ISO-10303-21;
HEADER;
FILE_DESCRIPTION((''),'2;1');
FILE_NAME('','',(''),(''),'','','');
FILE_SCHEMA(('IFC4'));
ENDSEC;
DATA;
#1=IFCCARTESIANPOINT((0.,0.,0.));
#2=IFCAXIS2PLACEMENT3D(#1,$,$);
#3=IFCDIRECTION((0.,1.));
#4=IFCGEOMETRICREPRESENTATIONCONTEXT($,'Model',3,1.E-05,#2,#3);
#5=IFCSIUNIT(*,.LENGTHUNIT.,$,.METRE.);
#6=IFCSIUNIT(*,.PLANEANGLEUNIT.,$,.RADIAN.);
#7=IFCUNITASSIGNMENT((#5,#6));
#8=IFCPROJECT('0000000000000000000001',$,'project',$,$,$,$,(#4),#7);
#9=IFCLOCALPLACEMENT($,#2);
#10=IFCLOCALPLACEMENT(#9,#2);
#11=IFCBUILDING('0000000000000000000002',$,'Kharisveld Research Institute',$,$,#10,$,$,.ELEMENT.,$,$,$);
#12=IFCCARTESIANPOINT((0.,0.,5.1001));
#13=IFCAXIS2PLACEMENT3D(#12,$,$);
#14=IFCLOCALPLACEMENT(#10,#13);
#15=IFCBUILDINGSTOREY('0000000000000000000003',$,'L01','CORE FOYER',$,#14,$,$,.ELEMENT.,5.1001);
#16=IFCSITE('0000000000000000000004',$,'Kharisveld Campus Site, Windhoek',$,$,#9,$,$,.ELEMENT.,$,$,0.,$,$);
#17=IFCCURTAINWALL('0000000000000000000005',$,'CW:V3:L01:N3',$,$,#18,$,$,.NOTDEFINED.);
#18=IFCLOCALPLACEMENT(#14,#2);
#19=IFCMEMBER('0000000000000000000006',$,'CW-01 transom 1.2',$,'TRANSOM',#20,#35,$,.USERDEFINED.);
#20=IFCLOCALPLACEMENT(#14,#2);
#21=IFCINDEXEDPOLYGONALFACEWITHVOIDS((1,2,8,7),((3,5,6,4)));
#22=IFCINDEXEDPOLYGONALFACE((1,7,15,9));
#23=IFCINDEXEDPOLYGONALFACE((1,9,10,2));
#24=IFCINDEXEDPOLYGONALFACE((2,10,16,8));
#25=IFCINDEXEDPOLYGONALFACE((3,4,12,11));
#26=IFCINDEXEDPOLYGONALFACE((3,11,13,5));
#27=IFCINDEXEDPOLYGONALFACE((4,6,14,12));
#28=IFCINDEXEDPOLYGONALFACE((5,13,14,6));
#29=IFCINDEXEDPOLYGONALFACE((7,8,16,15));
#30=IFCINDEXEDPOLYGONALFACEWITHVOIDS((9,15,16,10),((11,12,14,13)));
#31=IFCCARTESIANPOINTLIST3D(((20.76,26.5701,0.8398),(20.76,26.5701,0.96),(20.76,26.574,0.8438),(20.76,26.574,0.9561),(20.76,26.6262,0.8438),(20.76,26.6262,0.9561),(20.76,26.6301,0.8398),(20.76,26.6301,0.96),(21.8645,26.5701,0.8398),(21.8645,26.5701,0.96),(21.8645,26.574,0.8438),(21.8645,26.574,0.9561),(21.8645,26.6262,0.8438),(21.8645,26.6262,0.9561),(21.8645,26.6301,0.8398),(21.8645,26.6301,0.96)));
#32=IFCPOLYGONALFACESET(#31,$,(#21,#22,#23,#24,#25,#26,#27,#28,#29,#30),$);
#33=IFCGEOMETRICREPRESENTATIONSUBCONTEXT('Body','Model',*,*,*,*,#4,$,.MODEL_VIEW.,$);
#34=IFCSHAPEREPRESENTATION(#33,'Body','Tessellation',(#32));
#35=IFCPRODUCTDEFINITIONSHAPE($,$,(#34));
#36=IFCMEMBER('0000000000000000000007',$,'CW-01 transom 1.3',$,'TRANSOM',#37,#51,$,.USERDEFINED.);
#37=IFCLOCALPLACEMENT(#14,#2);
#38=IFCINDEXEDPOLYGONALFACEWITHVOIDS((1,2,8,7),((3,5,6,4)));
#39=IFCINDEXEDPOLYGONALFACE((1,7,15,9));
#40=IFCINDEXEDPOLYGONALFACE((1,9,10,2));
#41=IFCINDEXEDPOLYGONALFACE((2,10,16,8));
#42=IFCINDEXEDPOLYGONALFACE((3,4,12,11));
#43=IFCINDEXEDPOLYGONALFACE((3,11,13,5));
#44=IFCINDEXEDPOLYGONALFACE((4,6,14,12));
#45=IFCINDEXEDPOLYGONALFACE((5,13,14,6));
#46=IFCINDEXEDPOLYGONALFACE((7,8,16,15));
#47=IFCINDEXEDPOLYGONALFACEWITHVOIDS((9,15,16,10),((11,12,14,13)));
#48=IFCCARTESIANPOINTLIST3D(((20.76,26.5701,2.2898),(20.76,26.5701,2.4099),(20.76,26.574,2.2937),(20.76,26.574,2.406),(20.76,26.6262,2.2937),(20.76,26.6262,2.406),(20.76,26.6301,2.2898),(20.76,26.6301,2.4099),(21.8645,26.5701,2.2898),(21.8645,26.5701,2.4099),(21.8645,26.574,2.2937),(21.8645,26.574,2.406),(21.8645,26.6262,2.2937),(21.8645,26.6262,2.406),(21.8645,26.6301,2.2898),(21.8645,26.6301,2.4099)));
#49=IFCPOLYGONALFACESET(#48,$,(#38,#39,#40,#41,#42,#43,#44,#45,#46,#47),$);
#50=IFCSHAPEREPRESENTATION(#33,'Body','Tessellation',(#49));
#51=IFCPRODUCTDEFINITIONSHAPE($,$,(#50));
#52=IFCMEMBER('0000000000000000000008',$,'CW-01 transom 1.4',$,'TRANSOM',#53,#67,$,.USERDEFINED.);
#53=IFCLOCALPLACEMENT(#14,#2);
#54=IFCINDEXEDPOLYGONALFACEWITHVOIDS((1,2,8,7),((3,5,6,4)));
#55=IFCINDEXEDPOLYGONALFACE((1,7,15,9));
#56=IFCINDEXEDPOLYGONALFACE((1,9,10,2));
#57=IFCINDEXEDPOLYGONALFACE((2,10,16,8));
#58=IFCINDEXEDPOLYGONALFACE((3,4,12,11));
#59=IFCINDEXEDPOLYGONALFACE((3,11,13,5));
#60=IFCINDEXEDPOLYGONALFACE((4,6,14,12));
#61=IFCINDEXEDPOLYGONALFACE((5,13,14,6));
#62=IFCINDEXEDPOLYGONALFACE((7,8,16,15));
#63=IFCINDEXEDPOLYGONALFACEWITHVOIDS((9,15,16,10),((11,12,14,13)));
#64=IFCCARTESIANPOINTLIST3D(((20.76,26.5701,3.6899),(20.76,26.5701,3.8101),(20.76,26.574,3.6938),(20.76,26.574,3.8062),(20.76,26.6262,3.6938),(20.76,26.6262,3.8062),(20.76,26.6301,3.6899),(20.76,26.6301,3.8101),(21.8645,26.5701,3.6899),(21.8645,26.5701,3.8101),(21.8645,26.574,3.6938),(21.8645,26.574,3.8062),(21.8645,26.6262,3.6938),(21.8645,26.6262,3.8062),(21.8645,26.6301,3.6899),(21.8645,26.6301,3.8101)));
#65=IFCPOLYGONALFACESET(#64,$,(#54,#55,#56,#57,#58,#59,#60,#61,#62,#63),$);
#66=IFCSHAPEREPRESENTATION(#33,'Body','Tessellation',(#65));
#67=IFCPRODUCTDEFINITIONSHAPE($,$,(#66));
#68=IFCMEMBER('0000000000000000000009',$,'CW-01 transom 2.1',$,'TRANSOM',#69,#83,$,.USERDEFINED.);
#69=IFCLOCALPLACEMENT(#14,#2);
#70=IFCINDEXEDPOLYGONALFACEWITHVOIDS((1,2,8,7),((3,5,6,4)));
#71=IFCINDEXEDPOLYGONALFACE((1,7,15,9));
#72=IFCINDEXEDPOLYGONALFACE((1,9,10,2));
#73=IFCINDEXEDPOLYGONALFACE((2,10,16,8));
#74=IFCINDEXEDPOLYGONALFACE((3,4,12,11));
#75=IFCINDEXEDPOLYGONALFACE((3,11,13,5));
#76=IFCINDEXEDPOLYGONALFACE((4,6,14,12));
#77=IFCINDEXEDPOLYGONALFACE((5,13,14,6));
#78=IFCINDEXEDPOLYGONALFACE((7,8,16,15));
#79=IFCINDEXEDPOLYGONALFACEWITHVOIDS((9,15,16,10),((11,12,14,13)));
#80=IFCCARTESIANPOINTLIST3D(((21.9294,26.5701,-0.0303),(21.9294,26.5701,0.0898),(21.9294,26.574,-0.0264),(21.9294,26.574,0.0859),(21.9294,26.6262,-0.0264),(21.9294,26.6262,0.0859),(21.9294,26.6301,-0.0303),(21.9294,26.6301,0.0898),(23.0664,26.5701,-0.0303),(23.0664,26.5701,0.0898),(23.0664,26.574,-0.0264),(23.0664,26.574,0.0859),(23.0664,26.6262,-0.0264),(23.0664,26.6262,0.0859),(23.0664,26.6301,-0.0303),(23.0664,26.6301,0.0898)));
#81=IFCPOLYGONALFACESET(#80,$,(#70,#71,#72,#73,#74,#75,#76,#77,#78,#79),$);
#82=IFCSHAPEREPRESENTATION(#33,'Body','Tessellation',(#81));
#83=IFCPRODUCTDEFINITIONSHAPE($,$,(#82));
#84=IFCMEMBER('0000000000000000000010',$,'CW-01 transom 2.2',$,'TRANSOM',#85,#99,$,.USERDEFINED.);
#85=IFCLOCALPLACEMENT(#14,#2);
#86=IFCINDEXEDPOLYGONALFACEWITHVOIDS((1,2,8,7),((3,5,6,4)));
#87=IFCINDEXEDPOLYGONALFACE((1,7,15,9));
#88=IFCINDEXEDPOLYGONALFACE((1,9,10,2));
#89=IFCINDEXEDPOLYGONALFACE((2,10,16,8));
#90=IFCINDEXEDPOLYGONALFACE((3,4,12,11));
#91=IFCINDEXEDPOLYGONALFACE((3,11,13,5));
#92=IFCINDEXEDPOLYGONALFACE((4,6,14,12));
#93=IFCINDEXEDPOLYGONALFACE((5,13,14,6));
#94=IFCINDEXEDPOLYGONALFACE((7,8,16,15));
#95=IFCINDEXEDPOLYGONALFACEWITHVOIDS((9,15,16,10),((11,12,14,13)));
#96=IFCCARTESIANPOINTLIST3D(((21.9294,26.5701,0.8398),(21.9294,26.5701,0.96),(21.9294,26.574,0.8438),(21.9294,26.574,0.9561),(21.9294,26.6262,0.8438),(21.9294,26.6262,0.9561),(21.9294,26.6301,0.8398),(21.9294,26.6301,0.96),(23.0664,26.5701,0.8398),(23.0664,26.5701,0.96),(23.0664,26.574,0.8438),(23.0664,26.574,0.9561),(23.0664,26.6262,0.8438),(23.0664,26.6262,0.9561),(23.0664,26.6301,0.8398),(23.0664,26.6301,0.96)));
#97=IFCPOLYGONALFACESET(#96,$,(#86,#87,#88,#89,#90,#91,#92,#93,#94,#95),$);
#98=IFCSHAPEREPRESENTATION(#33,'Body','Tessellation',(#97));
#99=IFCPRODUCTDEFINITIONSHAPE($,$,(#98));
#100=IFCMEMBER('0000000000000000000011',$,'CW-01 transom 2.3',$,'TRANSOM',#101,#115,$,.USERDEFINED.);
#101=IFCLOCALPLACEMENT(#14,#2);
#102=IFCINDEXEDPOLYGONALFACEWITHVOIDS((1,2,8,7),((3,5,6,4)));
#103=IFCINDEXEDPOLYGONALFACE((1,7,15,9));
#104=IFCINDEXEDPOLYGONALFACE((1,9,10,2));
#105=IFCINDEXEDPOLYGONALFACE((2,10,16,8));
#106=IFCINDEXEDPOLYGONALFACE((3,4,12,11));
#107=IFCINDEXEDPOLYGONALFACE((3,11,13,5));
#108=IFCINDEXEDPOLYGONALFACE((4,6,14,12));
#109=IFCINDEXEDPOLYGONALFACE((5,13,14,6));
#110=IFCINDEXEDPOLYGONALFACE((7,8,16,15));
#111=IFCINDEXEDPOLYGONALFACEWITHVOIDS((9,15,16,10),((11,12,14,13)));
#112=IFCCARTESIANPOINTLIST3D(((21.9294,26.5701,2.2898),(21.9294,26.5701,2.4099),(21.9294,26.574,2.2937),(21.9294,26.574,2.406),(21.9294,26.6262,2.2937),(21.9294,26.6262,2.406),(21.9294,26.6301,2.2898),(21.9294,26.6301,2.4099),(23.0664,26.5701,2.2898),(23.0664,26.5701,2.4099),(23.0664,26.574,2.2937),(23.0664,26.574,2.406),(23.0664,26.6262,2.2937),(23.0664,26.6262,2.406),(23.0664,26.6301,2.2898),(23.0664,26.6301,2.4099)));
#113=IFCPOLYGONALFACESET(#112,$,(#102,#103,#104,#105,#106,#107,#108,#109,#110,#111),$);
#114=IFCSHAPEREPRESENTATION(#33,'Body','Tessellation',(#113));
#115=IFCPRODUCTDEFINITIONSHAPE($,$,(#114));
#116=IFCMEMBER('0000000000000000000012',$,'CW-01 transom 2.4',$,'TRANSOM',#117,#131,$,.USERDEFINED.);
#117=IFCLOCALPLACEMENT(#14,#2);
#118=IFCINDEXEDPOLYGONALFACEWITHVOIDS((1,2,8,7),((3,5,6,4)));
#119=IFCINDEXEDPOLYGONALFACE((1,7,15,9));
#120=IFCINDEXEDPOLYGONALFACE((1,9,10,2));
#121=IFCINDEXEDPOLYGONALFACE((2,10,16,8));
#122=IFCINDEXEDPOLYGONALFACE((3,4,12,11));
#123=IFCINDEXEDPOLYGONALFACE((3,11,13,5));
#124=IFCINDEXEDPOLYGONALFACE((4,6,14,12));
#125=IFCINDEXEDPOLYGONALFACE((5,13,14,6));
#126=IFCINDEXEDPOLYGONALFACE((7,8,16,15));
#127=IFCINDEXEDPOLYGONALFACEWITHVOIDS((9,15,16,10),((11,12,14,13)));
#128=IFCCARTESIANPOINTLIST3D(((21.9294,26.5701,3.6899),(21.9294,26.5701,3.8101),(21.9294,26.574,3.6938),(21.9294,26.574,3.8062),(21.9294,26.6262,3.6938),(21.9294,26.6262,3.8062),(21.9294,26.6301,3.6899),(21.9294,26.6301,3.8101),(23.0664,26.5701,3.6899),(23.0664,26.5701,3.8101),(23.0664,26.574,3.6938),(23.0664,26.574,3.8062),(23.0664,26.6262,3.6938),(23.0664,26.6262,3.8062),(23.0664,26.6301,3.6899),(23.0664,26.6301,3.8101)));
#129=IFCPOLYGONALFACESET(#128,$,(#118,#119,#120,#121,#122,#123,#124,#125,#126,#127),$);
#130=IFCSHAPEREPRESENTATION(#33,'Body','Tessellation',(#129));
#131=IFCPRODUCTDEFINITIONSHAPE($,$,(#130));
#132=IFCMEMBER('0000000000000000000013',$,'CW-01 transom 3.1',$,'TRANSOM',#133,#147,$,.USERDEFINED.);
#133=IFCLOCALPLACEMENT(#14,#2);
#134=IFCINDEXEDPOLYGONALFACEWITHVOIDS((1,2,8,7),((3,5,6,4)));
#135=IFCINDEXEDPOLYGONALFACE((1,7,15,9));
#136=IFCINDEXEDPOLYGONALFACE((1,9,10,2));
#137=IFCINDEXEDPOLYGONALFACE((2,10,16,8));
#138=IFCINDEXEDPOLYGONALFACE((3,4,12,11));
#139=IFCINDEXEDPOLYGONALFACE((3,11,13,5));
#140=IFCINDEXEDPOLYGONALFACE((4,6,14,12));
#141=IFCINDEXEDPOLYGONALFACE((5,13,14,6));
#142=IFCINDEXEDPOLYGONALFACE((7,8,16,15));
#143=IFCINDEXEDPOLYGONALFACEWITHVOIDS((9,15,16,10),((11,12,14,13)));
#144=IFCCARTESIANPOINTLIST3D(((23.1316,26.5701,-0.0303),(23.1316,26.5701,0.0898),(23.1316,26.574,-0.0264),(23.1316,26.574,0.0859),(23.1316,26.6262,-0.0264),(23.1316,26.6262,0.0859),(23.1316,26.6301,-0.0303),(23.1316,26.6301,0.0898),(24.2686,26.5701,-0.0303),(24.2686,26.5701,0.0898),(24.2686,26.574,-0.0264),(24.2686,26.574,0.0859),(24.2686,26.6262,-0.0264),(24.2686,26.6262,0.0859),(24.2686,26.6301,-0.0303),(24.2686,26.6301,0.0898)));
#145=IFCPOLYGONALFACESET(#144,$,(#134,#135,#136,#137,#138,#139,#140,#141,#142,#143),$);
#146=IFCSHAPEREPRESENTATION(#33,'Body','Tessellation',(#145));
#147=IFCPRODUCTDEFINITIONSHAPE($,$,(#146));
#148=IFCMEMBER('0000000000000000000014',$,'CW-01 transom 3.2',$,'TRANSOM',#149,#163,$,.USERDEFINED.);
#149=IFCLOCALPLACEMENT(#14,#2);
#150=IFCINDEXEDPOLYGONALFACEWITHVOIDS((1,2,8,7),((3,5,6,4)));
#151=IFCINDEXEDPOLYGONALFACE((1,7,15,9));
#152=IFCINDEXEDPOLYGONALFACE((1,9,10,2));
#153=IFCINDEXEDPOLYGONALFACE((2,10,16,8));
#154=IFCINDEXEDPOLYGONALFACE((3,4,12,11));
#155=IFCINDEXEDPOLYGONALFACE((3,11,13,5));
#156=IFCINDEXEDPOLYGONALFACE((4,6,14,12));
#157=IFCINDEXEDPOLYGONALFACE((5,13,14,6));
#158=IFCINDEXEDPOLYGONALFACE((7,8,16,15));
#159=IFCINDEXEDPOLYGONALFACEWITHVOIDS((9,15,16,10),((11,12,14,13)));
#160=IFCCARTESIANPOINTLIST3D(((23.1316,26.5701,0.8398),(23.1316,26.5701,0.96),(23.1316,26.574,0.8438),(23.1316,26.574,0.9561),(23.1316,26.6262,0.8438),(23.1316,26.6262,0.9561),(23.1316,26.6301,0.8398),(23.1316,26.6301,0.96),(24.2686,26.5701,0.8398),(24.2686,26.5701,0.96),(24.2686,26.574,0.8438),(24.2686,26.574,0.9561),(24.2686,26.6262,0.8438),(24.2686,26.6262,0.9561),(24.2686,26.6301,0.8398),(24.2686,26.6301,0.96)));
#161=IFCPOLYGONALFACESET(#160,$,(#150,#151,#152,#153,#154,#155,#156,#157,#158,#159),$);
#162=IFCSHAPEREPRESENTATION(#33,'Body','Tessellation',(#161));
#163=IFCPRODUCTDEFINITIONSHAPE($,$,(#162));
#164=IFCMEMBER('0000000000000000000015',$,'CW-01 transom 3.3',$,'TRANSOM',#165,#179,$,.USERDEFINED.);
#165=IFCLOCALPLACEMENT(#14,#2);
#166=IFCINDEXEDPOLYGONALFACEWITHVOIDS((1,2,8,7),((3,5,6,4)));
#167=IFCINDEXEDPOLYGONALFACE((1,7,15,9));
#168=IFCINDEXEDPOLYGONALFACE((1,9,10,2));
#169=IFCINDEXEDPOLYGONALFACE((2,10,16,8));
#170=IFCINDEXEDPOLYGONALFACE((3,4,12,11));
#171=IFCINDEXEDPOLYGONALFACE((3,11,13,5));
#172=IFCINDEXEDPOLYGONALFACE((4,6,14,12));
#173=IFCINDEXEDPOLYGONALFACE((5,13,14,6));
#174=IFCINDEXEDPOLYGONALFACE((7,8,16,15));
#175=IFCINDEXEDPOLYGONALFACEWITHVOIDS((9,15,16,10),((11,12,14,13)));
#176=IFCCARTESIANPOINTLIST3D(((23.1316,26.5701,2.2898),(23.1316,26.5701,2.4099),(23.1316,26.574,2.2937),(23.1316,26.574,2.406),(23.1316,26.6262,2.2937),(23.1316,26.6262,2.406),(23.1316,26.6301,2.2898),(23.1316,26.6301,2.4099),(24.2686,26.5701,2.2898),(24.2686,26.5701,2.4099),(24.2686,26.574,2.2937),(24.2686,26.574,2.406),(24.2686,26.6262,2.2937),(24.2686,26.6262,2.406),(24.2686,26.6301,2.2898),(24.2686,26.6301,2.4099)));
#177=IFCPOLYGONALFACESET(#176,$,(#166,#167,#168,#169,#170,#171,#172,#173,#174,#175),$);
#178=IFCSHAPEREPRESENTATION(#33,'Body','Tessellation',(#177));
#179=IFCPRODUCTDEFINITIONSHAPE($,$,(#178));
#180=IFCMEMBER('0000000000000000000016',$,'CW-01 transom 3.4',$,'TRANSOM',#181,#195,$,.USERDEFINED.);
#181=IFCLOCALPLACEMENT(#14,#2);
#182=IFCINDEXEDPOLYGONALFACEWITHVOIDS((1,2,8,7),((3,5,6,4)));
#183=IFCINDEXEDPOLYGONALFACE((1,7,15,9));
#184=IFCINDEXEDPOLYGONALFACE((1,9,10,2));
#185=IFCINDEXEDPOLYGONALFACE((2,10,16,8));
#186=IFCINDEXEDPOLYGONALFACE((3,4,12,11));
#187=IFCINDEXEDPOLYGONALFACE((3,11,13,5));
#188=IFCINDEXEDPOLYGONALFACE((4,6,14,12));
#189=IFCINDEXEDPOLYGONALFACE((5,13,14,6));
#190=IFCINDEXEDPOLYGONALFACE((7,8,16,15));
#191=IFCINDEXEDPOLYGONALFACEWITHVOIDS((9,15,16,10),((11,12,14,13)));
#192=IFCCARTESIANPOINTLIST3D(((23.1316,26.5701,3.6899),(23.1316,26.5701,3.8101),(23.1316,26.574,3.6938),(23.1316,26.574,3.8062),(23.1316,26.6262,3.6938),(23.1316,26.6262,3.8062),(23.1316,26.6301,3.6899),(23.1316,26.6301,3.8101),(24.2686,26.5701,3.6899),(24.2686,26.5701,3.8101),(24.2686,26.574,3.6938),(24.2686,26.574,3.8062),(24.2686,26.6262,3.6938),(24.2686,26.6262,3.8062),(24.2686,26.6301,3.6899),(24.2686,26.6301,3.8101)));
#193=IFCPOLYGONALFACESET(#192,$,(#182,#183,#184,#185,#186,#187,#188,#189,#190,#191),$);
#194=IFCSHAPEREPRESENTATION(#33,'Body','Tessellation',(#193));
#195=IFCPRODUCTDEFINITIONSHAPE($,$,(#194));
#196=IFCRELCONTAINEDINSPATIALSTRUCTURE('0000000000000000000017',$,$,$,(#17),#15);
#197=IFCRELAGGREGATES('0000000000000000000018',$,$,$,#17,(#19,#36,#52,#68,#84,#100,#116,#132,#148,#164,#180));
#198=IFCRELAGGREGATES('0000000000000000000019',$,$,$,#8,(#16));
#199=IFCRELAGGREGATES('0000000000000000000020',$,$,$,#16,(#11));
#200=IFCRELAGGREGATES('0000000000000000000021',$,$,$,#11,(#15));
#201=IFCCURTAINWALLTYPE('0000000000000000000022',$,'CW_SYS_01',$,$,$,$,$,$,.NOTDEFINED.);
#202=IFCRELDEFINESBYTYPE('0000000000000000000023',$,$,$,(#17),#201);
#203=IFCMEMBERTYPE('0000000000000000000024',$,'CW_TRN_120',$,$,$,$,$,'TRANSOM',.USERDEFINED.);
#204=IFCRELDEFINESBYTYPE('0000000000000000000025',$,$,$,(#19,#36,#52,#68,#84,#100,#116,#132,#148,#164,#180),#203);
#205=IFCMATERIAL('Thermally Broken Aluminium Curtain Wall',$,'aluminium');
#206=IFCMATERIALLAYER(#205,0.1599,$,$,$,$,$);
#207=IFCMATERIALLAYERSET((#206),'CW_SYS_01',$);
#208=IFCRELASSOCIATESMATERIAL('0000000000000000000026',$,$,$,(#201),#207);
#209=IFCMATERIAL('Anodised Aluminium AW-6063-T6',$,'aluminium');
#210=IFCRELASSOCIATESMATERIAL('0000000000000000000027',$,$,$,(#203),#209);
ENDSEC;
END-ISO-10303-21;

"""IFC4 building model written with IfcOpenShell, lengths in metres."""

from ifc_helpers import new_model, si_unit, direction, frame, origin, origin_2d, place, context, subcontext, project, spatial, hollow_rectangle, extrude, material, layer, layer_set, material_profile, profile_set, type_object, element, aggregate, save


model = new_model("IFC4")

# Units and contexts
model_context = context("Model", 3, precision=1e-05, world=origin(), true_north=direction((0.0, 1.0)))
body_context = subcontext(model_context, "Body", "Model", "MODEL_VIEW")
ifc_project = project(units=[si_unit("LENGTHUNIT", "METRE"), si_unit("PLANEANGLEUNIT", "RADIAN")], contexts=[model_context])

# Site, building, storey
site_placement = place(None, origin())
site = spatial("IfcSite", under=ifc_project, at=site_placement, Name="Kharisveld Campus Site, Windhoek", CompositionType="ELEMENT", RefElevation=0.0)
building_placement = place(site_placement, origin())
building = spatial("IfcBuilding", under=site, at=building_placement, Name="Kharisveld Research Institute", CompositionType="ELEMENT")
storey_placement = place(building_placement, frame((0.0, 0.0, 5.1001)))
storey = spatial("IfcBuildingStorey", under=building, at=storey_placement, Name="L01", Description="CORE FOYER", CompositionType="ELEMENT", Elevation=5.1001)

# Curtain wall
ifc_material_1 = material(Name="Thermally Broken Aluminium Curtain Wall", Category="aluminium")
ifc_layer_1 = layer(ifc_material_1, 0.1599)
ifc_layer_set_1 = layer_set([ifc_layer_1], Name="CW_SYS_01")
curtain_wall_type_1 = type_object("IfcCurtainWallType", Name="CW_SYS_01", PredefinedType="NOTDEFINED", material=ifc_layer_set_1)
curtain_wall_1_placement = place(storey_placement, origin())
curtain_wall_1 = element("IfcCurtainWall", 1, at=curtain_wall_1_placement, inside=storey, type_object=curtain_wall_type_1, Name="CW:V3:L01:N3", PredefinedType="NOTDEFINED")

# Members
ifc_material_2 = material(Name="Anodised Aluminium AW-6063-T6", Category="aluminium")
ifc_material_profile_1 = material_profile(ifc_material_2, hollow_rectangle(XDim=0.0601, YDim=0.1201, WallThickness=0.0039, at=origin_2d()))
ifc_profile_set_1 = profile_set([ifc_material_profile_1], Name="Anodised Aluminium AW-6063-T6")
member_type_1 = type_object("IfcMemberType", Name="CW_TRN_120", ElementType="TRANSOM", PredefinedType="USERDEFINED", material=ifc_profile_set_1)
member_1_placement = place(storey_placement, frame((20.76, 26.6001, 0.8999), z_axis=(1.0, 0.0, 0.0), x_axis=(0.0, 1.0, 0.0)))
member_1 = element("IfcMember", 2, at=member_1_placement, type_object=member_type_1, Name="CW-01 transom 1.2", ObjectType="TRANSOM", PredefinedType="USERDEFINED", context=body_context, shape_type="SweptSolid", body=[
    extrude(hollow_rectangle(XDim=0.0601, YDim=0.1201, WallThickness=0.0039, at=origin_2d()), origin(), (0.0, 0.0, 1.0), 1.1045),
])
member_2_placement = place(storey_placement, frame((20.76, 26.6001, 2.3499), z_axis=(1.0, 0.0, 0.0), x_axis=(0.0, 1.0, 0.0)))
member_2 = element("IfcMember", 3, at=member_2_placement, type_object=member_type_1, Name="CW-01 transom 1.3", ObjectType="TRANSOM", PredefinedType="USERDEFINED", context=body_context, shape_type="SweptSolid", body=[
    extrude(hollow_rectangle(XDim=0.0601, YDim=0.1201, WallThickness=0.0039, at=origin_2d()), origin(), (0.0, 0.0, 1.0), 1.1045),
])
member_3_placement = place(storey_placement, frame((20.76, 26.6001, 3.75), z_axis=(1.0, 0.0, 0.0), x_axis=(0.0, 1.0, 0.0)))
member_3 = element("IfcMember", 4, at=member_3_placement, type_object=member_type_1, Name="CW-01 transom 1.4", ObjectType="TRANSOM", PredefinedType="USERDEFINED", context=body_context, shape_type="SweptSolid", body=[
    extrude(hollow_rectangle(XDim=0.0601, YDim=0.1201, WallThickness=0.0039, at=origin_2d()), origin(), (0.0, 0.0, 1.0), 1.1045),
])
member_4_placement = place(storey_placement, frame((21.9294, 26.6001, 0.0298), z_axis=(1.0, 0.0, 0.0), x_axis=(0.0, 1.0, 0.0)))
member_4 = element("IfcMember", 5, at=member_4_placement, type_object=member_type_1, Name="CW-01 transom 2.1", ObjectType="TRANSOM", PredefinedType="USERDEFINED", context=body_context, shape_type="SweptSolid", body=[
    extrude(hollow_rectangle(XDim=0.0601, YDim=0.1201, WallThickness=0.0039, at=origin_2d()), origin(), (0.0, 0.0, 1.0), 1.137),
])
member_5_placement = place(storey_placement, frame((21.9294, 26.6001, 0.8999), z_axis=(1.0, 0.0, 0.0), x_axis=(0.0, 1.0, 0.0)))
member_5 = element("IfcMember", 6, at=member_5_placement, type_object=member_type_1, Name="CW-01 transom 2.2", ObjectType="TRANSOM", PredefinedType="USERDEFINED", context=body_context, shape_type="SweptSolid", body=[
    extrude(hollow_rectangle(XDim=0.0601, YDim=0.1201, WallThickness=0.0039, at=origin_2d()), origin(), (0.0, 0.0, 1.0), 1.137),
])
member_6_placement = place(storey_placement, frame((21.9294, 26.6001, 2.3499), z_axis=(1.0, 0.0, 0.0), x_axis=(0.0, 1.0, 0.0)))
member_6 = element("IfcMember", 7, at=member_6_placement, type_object=member_type_1, Name="CW-01 transom 2.3", ObjectType="TRANSOM", PredefinedType="USERDEFINED", context=body_context, shape_type="SweptSolid", body=[
    extrude(hollow_rectangle(XDim=0.0601, YDim=0.1201, WallThickness=0.0039, at=origin_2d()), origin(), (0.0, 0.0, 1.0), 1.137),
])
member_7_placement = place(storey_placement, frame((21.9294, 26.6001, 3.75), z_axis=(1.0, 0.0, 0.0), x_axis=(0.0, 1.0, 0.0)))
member_7 = element("IfcMember", 8, at=member_7_placement, type_object=member_type_1, Name="CW-01 transom 2.4", ObjectType="TRANSOM", PredefinedType="USERDEFINED", context=body_context, shape_type="SweptSolid", body=[
    extrude(hollow_rectangle(XDim=0.0601, YDim=0.1201, WallThickness=0.0039, at=origin_2d()), origin(), (0.0, 0.0, 1.0), 1.137),
])
member_8_placement = place(storey_placement, frame((23.1316, 26.6001, 0.0298), z_axis=(1.0, 0.0, 0.0), x_axis=(0.0, 1.0, 0.0)))
member_8 = element("IfcMember", 9, at=member_8_placement, type_object=member_type_1, Name="CW-01 transom 3.1", ObjectType="TRANSOM", PredefinedType="USERDEFINED", context=body_context, shape_type="SweptSolid", body=[
    extrude(hollow_rectangle(XDim=0.0601, YDim=0.1201, WallThickness=0.0039, at=origin_2d()), origin(), (0.0, 0.0, 1.0), 1.137),
])
member_9_placement = place(storey_placement, frame((23.1316, 26.6001, 0.8999), z_axis=(1.0, 0.0, 0.0), x_axis=(0.0, 1.0, 0.0)))
member_9 = element("IfcMember", 10, at=member_9_placement, type_object=member_type_1, Name="CW-01 transom 3.2", ObjectType="TRANSOM", PredefinedType="USERDEFINED", context=body_context, shape_type="SweptSolid", body=[
    extrude(hollow_rectangle(XDim=0.0601, YDim=0.1201, WallThickness=0.0039, at=origin_2d()), origin(), (0.0, 0.0, 1.0), 1.137),
])
member_10_placement = place(storey_placement, frame((23.1316, 26.6001, 2.3499), z_axis=(1.0, 0.0, 0.0), x_axis=(0.0, 1.0, 0.0)))
member_10 = element("IfcMember", 11, at=member_10_placement, type_object=member_type_1, Name="CW-01 transom 3.3", ObjectType="TRANSOM", PredefinedType="USERDEFINED", context=body_context, shape_type="SweptSolid", body=[
    extrude(hollow_rectangle(XDim=0.0601, YDim=0.1201, WallThickness=0.0039, at=origin_2d()), origin(), (0.0, 0.0, 1.0), 1.137),
])
member_11_placement = place(storey_placement, frame((23.1316, 26.6001, 3.75), z_axis=(1.0, 0.0, 0.0), x_axis=(0.0, 1.0, 0.0)))
member_11 = element("IfcMember", 12, at=member_11_placement, type_object=member_type_1, Name="CW-01 transom 3.4", ObjectType="TRANSOM", PredefinedType="USERDEFINED", context=body_context, shape_type="SweptSolid", body=[
    extrude(hollow_rectangle(XDim=0.0601, YDim=0.1201, WallThickness=0.0039, at=origin_2d()), origin(), (0.0, 0.0, 1.0), 1.137),
])

aggregate(curtain_wall_1, [member_1, member_2, member_3, member_4, member_5, member_6, member_7, member_8, member_9, member_10, member_11])

save(model, "model.ifc")
